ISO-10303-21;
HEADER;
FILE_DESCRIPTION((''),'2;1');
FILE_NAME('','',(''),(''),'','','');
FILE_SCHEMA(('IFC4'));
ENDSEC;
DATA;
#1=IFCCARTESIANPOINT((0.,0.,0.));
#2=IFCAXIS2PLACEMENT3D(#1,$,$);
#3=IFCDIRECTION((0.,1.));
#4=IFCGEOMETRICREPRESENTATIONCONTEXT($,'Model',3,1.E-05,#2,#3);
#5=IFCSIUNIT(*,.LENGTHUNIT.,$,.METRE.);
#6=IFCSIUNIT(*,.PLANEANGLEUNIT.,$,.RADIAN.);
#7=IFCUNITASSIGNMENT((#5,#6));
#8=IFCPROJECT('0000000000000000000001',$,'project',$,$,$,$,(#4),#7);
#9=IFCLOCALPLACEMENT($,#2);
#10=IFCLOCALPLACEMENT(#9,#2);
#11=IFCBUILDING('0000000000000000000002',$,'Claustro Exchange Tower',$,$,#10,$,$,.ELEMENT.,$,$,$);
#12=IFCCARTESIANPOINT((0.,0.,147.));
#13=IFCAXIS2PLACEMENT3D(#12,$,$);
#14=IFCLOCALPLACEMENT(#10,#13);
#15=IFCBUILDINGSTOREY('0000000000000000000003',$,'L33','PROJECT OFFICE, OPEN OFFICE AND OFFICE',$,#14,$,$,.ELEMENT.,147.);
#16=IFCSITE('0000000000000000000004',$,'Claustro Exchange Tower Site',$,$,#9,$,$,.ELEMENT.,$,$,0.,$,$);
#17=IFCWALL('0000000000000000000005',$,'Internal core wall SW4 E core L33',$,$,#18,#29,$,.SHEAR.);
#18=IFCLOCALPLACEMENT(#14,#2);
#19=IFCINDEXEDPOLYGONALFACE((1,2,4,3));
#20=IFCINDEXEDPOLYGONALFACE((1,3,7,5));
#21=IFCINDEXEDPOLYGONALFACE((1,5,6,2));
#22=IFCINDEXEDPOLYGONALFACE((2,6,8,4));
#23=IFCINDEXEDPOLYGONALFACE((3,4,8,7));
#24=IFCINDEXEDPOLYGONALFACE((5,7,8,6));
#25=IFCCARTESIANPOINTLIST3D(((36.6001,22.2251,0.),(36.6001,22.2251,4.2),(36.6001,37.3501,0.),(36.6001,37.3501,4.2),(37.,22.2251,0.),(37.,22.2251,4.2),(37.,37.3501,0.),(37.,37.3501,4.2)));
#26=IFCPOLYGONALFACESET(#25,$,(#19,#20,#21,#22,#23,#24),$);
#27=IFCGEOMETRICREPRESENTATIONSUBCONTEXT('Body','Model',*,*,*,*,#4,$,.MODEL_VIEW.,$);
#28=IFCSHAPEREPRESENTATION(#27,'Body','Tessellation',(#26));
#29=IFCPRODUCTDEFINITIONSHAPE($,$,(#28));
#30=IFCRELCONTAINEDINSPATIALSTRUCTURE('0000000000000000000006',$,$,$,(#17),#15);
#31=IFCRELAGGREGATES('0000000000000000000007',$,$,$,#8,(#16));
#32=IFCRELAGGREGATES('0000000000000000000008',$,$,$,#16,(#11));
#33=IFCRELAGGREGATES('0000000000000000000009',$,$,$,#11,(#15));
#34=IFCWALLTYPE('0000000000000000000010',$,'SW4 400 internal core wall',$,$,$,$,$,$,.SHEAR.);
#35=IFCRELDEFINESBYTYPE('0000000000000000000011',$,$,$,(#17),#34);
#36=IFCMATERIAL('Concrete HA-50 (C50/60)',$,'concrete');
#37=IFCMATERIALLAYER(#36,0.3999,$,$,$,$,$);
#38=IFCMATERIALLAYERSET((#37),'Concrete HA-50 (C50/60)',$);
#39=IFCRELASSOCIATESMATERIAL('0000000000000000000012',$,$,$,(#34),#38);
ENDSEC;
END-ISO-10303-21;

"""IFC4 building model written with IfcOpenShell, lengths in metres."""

from ifc_helpers import new_model, si_unit, direction, frame, frame_2d, origin, place, context, subcontext, project, spatial, rectangle, extrude, material, layer, layer_set, type_object, element, save


model = new_model("IFC4")

# Units and contexts
model_context = context("Model", 3, precision=1e-05, world=origin(), true_north=direction((0.0, 1.0)))
body_context = subcontext(model_context, "Body", "Model", "MODEL_VIEW")
ifc_project = project(units=[si_unit("LENGTHUNIT", "METRE"), si_unit("PLANEANGLEUNIT", "RADIAN")], contexts=[model_context])

# Site, building, storey
site_placement = place(None, origin())
site = spatial("IfcSite", under=ifc_project, at=site_placement, Name="Claustro Exchange Tower Site", CompositionType="ELEMENT", RefElevation=0.0)
building_placement = place(site_placement, origin())
building = spatial("IfcBuilding", under=site, at=building_placement, Name="Claustro Exchange Tower", CompositionType="ELEMENT")
storey_placement = place(building_placement, frame((0.0, 0.0, 147.0)))
storey = spatial("IfcBuildingStorey", under=building, at=storey_placement, Name="L33", Description="PROJECT OFFICE, OPEN OFFICE AND OFFICE", CompositionType="ELEMENT", Elevation=147.0)

# Wall
ifc_material_1 = material(Name="Concrete HA-50 (C50/60)", Category="concrete")
ifc_layer_1 = layer(ifc_material_1, 0.3999)
ifc_layer_set_1 = layer_set([ifc_layer_1], Name="Concrete HA-50 (C50/60)")
wall_type_1 = type_object("IfcWallType", Name="SW4 400 internal core wall", PredefinedType="SHEAR", material=ifc_layer_set_1)
wall_1_placement = place(storey_placement, frame((36.8, 22.2251, 0.0), z_axis=(0.0, 0.0, 1.0), x_axis=(0.0, 1.0, 0.0)))
element("IfcWall", 1, at=wall_1_placement, inside=storey, type_object=wall_type_1, Name="Internal core wall SW4 E core L33", PredefinedType="SHEAR", context=body_context, shape_type="SweptSolid", body=[
    extrude(rectangle(XDim=15.125, YDim=0.3999, at=frame_2d((7.5625, 0.0))), origin(), (0.0, 0.0, 1.0), 4.2),
])

save(model, "model.ifc")
